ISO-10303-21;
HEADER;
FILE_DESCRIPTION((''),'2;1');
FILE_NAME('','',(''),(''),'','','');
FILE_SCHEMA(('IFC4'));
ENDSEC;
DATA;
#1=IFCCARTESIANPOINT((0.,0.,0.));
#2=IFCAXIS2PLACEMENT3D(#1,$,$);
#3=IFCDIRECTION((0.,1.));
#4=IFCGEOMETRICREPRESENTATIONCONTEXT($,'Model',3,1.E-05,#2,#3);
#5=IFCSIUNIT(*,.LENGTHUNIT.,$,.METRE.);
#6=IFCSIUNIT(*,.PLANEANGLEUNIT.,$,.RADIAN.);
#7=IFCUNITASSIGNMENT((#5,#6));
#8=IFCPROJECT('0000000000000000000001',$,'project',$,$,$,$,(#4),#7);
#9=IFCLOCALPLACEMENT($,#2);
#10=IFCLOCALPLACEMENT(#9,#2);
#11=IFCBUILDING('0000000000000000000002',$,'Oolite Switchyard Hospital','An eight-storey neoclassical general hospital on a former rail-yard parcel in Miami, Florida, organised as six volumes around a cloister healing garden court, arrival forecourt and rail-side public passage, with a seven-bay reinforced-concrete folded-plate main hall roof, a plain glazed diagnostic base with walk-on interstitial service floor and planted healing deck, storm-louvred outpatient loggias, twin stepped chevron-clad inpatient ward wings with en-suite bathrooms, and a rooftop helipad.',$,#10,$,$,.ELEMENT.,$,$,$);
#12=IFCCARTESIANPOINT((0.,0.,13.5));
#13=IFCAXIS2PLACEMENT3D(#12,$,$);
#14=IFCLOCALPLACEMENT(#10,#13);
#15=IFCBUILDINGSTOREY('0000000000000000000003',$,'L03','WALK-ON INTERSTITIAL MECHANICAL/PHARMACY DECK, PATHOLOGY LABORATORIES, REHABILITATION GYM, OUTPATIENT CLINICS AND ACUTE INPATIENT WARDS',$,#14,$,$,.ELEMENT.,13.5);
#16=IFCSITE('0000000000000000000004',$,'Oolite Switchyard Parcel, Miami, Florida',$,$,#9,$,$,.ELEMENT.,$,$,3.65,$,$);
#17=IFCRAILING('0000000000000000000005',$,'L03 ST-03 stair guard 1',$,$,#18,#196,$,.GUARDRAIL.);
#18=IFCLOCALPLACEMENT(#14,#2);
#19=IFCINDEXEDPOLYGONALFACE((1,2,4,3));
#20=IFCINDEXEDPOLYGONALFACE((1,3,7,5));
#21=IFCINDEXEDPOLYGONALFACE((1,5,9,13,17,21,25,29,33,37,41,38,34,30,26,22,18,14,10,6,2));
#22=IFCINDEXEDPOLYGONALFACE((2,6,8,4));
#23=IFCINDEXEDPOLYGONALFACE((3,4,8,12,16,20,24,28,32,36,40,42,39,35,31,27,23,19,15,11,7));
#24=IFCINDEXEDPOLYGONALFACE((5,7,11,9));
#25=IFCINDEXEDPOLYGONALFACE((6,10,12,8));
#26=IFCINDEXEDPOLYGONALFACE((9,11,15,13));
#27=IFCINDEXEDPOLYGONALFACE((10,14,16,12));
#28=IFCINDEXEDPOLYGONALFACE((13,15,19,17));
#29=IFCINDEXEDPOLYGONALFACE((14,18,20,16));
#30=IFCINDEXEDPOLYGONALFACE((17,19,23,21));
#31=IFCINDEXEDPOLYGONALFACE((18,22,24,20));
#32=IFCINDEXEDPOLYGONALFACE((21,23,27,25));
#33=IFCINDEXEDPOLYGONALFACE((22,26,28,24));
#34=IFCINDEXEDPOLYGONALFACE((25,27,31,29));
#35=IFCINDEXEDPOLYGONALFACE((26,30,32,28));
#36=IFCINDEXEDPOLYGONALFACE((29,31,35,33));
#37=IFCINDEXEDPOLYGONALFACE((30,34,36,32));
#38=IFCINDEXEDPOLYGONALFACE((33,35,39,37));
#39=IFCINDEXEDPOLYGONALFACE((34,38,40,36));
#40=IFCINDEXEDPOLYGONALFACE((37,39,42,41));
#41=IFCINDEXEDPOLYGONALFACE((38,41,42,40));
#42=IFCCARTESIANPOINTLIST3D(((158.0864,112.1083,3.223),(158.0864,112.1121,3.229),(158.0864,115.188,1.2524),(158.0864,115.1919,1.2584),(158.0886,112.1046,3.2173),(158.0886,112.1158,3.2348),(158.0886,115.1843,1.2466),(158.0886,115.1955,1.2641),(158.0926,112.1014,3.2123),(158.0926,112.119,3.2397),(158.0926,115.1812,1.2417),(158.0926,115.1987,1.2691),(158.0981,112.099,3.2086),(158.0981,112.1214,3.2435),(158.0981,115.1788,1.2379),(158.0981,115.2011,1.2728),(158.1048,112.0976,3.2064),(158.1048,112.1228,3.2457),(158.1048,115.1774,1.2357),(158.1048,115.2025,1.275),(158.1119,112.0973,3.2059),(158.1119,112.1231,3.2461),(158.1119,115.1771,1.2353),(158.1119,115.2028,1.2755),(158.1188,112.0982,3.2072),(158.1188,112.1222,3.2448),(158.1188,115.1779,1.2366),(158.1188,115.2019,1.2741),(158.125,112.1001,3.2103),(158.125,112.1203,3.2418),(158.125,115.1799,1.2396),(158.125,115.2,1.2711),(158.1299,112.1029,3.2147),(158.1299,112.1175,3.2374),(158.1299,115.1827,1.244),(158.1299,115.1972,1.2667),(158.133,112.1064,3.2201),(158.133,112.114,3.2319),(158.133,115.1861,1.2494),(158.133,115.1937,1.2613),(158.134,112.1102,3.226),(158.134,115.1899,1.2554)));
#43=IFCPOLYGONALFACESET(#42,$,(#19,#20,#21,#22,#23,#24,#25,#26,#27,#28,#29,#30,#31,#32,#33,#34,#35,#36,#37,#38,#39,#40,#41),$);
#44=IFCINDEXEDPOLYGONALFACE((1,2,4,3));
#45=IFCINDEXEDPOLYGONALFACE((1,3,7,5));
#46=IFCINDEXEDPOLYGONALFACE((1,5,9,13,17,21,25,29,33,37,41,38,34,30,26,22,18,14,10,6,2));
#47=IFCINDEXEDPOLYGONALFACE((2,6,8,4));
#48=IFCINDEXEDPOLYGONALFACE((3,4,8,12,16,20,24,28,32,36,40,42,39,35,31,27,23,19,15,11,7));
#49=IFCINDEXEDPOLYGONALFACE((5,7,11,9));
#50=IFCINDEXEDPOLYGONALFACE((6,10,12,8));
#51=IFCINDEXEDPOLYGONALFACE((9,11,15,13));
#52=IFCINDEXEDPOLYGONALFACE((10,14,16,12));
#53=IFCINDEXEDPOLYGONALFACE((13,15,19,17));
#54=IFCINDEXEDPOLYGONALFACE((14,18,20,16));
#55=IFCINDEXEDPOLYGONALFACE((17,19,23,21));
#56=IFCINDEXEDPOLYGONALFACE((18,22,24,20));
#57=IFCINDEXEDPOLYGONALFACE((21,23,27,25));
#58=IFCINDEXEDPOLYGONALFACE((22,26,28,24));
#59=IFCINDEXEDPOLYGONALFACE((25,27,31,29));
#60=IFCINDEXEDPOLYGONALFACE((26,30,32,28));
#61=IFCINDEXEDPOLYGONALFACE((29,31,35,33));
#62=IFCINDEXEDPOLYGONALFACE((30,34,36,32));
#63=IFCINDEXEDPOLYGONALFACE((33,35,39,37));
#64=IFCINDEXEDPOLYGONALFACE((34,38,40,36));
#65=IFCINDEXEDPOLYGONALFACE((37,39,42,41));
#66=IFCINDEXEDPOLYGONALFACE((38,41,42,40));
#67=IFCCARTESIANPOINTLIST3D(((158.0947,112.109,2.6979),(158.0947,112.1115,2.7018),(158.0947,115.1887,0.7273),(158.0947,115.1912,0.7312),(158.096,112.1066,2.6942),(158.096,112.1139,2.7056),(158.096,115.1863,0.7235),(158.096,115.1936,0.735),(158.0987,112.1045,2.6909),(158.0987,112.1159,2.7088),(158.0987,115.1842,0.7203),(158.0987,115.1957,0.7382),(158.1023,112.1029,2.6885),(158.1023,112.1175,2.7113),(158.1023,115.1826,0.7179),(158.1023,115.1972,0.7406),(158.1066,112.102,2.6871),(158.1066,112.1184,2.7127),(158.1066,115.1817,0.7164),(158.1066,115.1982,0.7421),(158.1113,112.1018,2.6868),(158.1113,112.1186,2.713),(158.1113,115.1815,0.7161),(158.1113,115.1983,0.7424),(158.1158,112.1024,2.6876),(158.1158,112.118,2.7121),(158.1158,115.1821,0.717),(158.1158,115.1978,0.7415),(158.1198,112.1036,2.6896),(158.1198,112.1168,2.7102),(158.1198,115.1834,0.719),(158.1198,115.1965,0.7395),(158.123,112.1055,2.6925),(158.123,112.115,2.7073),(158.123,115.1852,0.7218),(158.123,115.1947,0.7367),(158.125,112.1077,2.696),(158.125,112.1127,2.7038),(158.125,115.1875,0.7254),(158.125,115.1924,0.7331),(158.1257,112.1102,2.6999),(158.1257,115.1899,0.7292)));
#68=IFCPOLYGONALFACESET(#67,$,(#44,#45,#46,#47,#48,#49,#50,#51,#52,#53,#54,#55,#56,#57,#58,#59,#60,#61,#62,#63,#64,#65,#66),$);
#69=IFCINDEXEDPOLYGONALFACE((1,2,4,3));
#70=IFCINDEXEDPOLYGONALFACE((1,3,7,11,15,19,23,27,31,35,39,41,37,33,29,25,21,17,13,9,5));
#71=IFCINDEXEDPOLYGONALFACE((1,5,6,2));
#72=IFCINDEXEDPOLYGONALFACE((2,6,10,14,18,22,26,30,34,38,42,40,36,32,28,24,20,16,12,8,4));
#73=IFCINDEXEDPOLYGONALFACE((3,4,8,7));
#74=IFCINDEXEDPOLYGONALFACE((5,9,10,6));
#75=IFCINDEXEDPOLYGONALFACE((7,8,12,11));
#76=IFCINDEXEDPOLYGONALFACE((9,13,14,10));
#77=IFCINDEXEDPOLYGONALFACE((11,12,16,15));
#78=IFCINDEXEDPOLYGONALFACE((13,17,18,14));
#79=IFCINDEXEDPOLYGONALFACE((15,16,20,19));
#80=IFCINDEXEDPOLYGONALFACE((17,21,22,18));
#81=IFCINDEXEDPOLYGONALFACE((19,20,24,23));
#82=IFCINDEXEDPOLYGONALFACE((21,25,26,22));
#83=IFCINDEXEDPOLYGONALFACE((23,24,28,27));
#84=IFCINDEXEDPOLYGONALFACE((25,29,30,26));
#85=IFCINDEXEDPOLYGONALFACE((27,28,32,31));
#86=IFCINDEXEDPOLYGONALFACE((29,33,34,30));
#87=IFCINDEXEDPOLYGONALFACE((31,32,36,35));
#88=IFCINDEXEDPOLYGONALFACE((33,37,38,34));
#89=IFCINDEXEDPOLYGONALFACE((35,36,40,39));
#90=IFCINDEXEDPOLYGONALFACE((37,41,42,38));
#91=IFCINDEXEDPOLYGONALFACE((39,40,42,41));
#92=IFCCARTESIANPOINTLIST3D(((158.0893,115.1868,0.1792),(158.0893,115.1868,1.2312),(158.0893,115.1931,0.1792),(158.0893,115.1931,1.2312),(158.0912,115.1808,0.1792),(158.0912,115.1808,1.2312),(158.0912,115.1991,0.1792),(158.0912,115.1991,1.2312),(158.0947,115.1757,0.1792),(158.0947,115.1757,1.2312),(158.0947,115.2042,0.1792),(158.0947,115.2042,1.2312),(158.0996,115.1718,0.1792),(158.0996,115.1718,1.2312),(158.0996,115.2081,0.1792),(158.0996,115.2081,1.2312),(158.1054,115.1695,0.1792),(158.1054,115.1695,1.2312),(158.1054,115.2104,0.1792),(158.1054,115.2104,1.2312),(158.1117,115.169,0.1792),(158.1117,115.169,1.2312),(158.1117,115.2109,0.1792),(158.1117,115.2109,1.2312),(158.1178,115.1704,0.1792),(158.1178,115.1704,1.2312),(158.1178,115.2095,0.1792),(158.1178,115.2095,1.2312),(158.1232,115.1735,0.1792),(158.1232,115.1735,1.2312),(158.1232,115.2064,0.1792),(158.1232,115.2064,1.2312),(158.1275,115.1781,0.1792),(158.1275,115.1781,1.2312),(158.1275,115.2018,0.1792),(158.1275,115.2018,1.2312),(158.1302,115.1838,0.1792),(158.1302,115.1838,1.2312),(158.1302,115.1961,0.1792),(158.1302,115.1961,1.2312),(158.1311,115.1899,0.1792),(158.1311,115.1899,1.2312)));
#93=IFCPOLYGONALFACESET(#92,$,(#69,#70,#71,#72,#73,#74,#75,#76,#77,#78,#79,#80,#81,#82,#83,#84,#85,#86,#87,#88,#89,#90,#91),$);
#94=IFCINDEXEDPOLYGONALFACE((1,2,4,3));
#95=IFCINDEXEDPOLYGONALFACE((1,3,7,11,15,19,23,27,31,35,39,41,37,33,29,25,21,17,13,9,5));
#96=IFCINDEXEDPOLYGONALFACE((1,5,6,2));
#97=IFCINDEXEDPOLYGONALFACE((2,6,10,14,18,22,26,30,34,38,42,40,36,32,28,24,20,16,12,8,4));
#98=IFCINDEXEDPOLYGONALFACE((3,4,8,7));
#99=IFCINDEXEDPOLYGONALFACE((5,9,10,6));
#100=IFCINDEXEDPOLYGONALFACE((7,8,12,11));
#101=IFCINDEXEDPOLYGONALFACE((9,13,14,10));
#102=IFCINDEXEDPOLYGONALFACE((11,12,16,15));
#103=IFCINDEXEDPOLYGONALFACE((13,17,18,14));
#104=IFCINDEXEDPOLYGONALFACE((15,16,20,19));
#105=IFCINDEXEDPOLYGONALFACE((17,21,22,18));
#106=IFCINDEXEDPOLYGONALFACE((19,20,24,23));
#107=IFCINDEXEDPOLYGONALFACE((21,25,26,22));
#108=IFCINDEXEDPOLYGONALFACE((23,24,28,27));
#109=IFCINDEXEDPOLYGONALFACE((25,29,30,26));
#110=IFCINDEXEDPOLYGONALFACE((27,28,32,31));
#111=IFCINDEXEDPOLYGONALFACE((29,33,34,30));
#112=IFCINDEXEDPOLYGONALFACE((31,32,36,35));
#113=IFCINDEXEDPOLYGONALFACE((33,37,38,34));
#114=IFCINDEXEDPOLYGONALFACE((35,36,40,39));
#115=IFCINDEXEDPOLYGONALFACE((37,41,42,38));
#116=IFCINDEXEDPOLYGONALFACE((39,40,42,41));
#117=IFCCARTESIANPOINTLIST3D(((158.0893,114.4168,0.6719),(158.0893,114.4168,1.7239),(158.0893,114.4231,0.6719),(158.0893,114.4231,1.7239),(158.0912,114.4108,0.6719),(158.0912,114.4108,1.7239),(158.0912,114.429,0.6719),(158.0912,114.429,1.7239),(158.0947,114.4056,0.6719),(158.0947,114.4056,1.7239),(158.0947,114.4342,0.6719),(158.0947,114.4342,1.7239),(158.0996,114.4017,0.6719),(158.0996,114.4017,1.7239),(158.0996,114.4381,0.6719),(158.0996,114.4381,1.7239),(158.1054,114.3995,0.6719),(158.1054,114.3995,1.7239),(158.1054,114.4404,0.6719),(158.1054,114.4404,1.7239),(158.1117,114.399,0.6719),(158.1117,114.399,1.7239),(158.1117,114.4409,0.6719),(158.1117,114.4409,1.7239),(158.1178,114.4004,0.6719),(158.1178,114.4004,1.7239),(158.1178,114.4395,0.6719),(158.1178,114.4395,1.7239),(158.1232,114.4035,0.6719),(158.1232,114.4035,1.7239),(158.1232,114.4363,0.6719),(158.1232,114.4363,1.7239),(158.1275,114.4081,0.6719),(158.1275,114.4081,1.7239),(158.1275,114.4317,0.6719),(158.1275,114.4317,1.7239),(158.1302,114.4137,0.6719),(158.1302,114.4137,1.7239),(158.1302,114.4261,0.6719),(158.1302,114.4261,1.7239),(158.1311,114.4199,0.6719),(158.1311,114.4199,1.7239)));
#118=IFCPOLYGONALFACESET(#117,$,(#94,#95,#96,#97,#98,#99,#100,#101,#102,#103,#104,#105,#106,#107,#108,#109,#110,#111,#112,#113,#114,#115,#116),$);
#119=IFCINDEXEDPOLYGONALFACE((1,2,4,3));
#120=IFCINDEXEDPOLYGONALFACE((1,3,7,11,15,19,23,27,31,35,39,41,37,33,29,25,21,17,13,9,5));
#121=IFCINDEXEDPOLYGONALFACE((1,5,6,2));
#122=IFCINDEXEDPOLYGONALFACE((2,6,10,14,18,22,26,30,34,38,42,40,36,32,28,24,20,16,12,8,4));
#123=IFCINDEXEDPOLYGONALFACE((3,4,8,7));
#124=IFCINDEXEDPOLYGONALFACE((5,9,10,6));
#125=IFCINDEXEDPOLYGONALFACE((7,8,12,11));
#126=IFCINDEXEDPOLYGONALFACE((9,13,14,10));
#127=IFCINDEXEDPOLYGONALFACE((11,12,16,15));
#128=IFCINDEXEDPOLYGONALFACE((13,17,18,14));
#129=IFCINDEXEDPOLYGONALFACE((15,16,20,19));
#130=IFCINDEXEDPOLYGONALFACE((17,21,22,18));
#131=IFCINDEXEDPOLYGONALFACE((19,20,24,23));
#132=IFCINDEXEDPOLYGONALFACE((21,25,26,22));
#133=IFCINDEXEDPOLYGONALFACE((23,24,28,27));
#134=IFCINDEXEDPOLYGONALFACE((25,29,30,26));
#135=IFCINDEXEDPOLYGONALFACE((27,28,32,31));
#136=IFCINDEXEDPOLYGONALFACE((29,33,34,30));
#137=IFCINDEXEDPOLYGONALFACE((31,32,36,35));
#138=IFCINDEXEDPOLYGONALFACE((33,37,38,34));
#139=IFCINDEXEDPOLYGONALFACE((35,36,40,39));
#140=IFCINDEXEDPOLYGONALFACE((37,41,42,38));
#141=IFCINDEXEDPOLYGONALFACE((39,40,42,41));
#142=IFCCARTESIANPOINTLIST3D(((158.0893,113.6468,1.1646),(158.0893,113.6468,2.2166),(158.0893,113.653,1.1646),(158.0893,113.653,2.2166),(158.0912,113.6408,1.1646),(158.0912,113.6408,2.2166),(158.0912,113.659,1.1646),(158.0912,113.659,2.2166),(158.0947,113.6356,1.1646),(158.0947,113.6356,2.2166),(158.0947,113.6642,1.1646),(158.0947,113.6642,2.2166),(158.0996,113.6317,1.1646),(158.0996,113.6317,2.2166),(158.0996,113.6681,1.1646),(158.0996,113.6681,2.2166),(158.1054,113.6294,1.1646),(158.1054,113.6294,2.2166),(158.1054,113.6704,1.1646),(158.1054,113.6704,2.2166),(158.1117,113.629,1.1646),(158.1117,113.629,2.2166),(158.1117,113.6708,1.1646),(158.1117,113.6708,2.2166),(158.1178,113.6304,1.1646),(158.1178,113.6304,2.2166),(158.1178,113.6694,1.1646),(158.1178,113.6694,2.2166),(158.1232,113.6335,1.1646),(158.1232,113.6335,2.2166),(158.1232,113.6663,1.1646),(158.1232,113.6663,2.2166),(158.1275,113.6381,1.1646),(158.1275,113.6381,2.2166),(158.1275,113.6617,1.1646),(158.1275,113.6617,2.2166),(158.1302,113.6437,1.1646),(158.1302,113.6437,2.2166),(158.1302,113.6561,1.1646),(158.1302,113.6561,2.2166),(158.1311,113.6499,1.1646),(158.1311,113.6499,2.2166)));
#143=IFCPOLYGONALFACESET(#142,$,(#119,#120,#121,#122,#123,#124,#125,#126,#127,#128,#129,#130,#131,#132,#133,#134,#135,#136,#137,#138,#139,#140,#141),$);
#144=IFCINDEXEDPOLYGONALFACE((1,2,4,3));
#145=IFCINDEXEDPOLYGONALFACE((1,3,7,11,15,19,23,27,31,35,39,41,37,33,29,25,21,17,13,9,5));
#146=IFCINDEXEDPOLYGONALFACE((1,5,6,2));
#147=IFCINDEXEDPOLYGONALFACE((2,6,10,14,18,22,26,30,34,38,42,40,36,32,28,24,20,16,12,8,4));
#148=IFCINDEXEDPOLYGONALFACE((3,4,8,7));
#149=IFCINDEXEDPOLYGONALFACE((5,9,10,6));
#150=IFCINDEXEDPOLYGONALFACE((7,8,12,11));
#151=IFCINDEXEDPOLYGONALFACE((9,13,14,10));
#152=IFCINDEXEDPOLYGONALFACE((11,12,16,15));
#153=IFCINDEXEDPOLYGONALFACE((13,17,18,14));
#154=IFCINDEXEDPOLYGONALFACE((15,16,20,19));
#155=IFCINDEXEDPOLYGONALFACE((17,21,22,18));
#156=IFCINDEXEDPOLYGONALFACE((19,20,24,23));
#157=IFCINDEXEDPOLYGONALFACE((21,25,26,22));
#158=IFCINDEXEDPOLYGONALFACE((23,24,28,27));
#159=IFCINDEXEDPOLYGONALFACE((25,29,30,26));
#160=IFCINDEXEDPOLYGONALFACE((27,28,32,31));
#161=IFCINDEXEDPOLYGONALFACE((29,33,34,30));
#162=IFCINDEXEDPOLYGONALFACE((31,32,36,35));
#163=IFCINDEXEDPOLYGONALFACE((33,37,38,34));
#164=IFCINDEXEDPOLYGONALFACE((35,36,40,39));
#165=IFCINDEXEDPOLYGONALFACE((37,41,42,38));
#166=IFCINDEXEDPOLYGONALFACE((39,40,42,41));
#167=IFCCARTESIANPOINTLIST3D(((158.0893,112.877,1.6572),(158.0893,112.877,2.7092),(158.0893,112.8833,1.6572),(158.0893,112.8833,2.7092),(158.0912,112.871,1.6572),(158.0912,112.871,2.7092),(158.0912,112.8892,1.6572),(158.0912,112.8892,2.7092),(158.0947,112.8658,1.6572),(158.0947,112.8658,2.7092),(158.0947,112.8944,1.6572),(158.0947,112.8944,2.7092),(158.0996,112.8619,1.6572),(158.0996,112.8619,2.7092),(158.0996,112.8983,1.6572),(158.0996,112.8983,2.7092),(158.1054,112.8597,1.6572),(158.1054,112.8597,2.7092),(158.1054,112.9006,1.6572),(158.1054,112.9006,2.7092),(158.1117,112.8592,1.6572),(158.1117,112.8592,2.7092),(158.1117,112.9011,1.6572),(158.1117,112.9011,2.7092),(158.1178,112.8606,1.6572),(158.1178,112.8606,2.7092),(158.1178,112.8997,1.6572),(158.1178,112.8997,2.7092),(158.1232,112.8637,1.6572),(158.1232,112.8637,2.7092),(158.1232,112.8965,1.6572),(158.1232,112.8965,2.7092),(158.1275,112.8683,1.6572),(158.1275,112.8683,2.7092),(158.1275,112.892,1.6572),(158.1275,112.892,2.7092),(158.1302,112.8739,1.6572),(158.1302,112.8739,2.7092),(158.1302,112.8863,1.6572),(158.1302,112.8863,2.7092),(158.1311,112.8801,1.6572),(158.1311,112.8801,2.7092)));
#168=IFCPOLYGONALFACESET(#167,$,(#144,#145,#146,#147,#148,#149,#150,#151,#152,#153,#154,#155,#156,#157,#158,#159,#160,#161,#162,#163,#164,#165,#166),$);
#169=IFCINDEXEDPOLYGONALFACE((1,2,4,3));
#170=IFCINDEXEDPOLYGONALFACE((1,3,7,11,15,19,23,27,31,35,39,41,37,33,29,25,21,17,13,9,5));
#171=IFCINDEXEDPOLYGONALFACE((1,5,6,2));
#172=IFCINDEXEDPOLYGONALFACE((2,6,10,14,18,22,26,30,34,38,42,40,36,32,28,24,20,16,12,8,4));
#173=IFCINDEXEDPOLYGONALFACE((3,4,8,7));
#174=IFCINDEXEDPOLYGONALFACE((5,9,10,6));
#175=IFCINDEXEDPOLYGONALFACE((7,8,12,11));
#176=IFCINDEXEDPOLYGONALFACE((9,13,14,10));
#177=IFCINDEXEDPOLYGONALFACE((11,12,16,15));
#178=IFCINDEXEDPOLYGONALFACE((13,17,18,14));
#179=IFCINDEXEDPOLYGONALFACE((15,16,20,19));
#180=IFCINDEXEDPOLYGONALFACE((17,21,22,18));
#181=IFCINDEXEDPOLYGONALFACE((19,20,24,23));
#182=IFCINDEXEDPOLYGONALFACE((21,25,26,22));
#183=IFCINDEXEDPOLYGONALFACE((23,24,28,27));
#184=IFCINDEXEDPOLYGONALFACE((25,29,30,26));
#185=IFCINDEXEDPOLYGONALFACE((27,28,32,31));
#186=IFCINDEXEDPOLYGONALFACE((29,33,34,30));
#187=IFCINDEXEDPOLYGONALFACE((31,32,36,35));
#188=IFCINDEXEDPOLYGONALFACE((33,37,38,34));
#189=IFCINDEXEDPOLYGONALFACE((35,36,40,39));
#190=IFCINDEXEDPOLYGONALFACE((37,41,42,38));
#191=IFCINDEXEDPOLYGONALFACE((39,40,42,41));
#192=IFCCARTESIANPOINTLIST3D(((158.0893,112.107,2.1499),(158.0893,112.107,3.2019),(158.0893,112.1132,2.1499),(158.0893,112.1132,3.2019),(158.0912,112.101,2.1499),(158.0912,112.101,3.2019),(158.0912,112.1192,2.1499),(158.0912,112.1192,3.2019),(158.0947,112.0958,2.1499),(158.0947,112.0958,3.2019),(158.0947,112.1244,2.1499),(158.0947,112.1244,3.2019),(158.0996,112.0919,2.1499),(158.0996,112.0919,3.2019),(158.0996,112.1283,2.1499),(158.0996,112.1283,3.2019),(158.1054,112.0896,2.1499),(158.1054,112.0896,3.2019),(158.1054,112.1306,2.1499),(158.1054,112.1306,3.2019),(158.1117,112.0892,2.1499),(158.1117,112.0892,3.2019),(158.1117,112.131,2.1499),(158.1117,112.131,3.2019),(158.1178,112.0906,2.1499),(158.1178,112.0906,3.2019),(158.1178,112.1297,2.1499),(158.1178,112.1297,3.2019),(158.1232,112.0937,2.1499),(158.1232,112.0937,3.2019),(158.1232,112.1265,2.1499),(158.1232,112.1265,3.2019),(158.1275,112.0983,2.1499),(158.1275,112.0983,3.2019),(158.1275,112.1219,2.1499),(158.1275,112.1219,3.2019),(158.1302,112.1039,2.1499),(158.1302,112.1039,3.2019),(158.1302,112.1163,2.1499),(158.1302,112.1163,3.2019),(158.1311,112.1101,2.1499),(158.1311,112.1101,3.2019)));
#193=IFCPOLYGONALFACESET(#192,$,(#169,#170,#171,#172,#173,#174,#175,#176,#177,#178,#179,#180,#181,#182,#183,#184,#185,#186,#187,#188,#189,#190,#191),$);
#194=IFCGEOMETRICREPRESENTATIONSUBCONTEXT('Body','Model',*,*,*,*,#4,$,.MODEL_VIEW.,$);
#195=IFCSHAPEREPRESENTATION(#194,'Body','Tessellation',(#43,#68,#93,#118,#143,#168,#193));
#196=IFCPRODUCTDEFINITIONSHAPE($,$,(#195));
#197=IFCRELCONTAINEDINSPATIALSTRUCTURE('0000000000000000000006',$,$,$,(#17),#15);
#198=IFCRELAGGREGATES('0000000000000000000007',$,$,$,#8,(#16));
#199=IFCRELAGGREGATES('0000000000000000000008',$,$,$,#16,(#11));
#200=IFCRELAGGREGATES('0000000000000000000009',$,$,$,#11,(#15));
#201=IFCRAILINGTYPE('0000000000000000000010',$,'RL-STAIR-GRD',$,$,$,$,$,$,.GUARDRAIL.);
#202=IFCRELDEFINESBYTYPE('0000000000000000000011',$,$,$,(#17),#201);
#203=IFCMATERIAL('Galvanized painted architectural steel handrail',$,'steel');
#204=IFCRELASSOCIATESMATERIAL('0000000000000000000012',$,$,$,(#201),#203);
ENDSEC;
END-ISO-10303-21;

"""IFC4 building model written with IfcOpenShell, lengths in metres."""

from ifc_helpers import new_model, si_unit, direction, frame, origin, origin_2d, place, context, subcontext, project, spatial, circle, extrude, material, type_object, element, save


model = new_model("IFC4")

# Units and contexts
model_context = context("Model", 3, precision=1e-05, world=origin(), true_north=direction((0.0, 1.0)))
body_context = subcontext(model_context, "Body", "Model", "MODEL_VIEW")
ifc_project = project(units=[si_unit("LENGTHUNIT", "METRE"), si_unit("PLANEANGLEUNIT", "RADIAN")], contexts=[model_context])

# Site, building, storey
site_placement = place(None, origin())
site = spatial("IfcSite", under=ifc_project, at=site_placement, Name="Oolite Switchyard Parcel, Miami, Florida", CompositionType="ELEMENT", RefElevation=3.65)
building_placement = place(site_placement, origin())
building = spatial("IfcBuilding", under=site, at=building_placement, Name="Oolite Switchyard Hospital", Description="An eight-storey neoclassical general hospital on a former rail-yard parcel in Miami, Florida, organised as six volumes around a cloister healing garden court, arrival forecourt and rail-side public passage, with a seven-bay reinforced-concrete folded-plate main hall roof, a plain glazed diagnostic base with walk-on interstitial service floor and planted healing deck, storm-louvred outpatient loggias, twin stepped chevron-clad inpatient ward wings with en-suite bathrooms, and a rooftop helipad.", CompositionType="ELEMENT")
storey_placement = place(building_placement, frame((0.0, 0.0, 13.5)))
storey = spatial("IfcBuildingStorey", under=building, at=storey_placement, Name="L03", Description="WALK-ON INTERSTITIAL MECHANICAL/PHARMACY DECK, PATHOLOGY LABORATORIES, REHABILITATION GYM, OUTPATIENT CLINICS AND ACUTE INPATIENT WARDS", CompositionType="ELEMENT", Elevation=13.5)

# Railing
ifc_material_1 = material(Name="Galvanized painted architectural steel handrail", Category="steel")
railing_type_1 = type_object("IfcRailingType", Name="RL-STAIR-GRD", PredefinedType="GUARDRAIL", material=ifc_material_1)
railing_1_placement = place(storey_placement, frame((158.1101, 115.1899, 0.1792)))
element("IfcRailing", 1, at=railing_1_placement, inside=storey, type_object=railing_type_1, Name="L03 ST-03 stair guard 1", PredefinedType="GUARDRAIL", context=body_context, shape_type="SweptSolid", body=[
    extrude(circle(Radius=0.0239, at=origin_2d()), frame((0.0, 0.0, 1.0762), z_axis=(0.0, -0.84232, 0.538978), x_axis=(1.0, 0.0, 0.0)), (0.0, 0.0, 1.0), 3.6562),
    extrude(circle(Radius=0.0156, at=origin_2d()), frame((0.0, 0.0, 0.55), z_axis=(0.0, -0.84232, 0.538978), x_axis=(1.0, 0.0, 0.0)), (0.0, 0.0, 1.0), 3.6562),
    extrude(circle(Radius=0.021, at=origin_2d()), origin(), (0.0, 0.0, 1.0), 1.052),
    extrude(circle(Radius=0.021, at=origin_2d()), frame((0.0, -0.77, 0.4927)), (0.0, 0.0, 1.0), 1.052),
    extrude(circle(Radius=0.021, at=origin_2d()), frame((0.0, -1.54, 0.9854)), (0.0, 0.0, 1.0), 1.052),
    extrude(circle(Radius=0.021, at=origin_2d()), frame((0.0, -2.3098, 1.478)), (0.0, 0.0, 1.0), 1.052),
    extrude(circle(Radius=0.021, at=origin_2d()), frame((0.0, -3.0798, 1.9707)), (0.0, 0.0, 1.0), 1.052),
])

save(model, "model.ifc")
